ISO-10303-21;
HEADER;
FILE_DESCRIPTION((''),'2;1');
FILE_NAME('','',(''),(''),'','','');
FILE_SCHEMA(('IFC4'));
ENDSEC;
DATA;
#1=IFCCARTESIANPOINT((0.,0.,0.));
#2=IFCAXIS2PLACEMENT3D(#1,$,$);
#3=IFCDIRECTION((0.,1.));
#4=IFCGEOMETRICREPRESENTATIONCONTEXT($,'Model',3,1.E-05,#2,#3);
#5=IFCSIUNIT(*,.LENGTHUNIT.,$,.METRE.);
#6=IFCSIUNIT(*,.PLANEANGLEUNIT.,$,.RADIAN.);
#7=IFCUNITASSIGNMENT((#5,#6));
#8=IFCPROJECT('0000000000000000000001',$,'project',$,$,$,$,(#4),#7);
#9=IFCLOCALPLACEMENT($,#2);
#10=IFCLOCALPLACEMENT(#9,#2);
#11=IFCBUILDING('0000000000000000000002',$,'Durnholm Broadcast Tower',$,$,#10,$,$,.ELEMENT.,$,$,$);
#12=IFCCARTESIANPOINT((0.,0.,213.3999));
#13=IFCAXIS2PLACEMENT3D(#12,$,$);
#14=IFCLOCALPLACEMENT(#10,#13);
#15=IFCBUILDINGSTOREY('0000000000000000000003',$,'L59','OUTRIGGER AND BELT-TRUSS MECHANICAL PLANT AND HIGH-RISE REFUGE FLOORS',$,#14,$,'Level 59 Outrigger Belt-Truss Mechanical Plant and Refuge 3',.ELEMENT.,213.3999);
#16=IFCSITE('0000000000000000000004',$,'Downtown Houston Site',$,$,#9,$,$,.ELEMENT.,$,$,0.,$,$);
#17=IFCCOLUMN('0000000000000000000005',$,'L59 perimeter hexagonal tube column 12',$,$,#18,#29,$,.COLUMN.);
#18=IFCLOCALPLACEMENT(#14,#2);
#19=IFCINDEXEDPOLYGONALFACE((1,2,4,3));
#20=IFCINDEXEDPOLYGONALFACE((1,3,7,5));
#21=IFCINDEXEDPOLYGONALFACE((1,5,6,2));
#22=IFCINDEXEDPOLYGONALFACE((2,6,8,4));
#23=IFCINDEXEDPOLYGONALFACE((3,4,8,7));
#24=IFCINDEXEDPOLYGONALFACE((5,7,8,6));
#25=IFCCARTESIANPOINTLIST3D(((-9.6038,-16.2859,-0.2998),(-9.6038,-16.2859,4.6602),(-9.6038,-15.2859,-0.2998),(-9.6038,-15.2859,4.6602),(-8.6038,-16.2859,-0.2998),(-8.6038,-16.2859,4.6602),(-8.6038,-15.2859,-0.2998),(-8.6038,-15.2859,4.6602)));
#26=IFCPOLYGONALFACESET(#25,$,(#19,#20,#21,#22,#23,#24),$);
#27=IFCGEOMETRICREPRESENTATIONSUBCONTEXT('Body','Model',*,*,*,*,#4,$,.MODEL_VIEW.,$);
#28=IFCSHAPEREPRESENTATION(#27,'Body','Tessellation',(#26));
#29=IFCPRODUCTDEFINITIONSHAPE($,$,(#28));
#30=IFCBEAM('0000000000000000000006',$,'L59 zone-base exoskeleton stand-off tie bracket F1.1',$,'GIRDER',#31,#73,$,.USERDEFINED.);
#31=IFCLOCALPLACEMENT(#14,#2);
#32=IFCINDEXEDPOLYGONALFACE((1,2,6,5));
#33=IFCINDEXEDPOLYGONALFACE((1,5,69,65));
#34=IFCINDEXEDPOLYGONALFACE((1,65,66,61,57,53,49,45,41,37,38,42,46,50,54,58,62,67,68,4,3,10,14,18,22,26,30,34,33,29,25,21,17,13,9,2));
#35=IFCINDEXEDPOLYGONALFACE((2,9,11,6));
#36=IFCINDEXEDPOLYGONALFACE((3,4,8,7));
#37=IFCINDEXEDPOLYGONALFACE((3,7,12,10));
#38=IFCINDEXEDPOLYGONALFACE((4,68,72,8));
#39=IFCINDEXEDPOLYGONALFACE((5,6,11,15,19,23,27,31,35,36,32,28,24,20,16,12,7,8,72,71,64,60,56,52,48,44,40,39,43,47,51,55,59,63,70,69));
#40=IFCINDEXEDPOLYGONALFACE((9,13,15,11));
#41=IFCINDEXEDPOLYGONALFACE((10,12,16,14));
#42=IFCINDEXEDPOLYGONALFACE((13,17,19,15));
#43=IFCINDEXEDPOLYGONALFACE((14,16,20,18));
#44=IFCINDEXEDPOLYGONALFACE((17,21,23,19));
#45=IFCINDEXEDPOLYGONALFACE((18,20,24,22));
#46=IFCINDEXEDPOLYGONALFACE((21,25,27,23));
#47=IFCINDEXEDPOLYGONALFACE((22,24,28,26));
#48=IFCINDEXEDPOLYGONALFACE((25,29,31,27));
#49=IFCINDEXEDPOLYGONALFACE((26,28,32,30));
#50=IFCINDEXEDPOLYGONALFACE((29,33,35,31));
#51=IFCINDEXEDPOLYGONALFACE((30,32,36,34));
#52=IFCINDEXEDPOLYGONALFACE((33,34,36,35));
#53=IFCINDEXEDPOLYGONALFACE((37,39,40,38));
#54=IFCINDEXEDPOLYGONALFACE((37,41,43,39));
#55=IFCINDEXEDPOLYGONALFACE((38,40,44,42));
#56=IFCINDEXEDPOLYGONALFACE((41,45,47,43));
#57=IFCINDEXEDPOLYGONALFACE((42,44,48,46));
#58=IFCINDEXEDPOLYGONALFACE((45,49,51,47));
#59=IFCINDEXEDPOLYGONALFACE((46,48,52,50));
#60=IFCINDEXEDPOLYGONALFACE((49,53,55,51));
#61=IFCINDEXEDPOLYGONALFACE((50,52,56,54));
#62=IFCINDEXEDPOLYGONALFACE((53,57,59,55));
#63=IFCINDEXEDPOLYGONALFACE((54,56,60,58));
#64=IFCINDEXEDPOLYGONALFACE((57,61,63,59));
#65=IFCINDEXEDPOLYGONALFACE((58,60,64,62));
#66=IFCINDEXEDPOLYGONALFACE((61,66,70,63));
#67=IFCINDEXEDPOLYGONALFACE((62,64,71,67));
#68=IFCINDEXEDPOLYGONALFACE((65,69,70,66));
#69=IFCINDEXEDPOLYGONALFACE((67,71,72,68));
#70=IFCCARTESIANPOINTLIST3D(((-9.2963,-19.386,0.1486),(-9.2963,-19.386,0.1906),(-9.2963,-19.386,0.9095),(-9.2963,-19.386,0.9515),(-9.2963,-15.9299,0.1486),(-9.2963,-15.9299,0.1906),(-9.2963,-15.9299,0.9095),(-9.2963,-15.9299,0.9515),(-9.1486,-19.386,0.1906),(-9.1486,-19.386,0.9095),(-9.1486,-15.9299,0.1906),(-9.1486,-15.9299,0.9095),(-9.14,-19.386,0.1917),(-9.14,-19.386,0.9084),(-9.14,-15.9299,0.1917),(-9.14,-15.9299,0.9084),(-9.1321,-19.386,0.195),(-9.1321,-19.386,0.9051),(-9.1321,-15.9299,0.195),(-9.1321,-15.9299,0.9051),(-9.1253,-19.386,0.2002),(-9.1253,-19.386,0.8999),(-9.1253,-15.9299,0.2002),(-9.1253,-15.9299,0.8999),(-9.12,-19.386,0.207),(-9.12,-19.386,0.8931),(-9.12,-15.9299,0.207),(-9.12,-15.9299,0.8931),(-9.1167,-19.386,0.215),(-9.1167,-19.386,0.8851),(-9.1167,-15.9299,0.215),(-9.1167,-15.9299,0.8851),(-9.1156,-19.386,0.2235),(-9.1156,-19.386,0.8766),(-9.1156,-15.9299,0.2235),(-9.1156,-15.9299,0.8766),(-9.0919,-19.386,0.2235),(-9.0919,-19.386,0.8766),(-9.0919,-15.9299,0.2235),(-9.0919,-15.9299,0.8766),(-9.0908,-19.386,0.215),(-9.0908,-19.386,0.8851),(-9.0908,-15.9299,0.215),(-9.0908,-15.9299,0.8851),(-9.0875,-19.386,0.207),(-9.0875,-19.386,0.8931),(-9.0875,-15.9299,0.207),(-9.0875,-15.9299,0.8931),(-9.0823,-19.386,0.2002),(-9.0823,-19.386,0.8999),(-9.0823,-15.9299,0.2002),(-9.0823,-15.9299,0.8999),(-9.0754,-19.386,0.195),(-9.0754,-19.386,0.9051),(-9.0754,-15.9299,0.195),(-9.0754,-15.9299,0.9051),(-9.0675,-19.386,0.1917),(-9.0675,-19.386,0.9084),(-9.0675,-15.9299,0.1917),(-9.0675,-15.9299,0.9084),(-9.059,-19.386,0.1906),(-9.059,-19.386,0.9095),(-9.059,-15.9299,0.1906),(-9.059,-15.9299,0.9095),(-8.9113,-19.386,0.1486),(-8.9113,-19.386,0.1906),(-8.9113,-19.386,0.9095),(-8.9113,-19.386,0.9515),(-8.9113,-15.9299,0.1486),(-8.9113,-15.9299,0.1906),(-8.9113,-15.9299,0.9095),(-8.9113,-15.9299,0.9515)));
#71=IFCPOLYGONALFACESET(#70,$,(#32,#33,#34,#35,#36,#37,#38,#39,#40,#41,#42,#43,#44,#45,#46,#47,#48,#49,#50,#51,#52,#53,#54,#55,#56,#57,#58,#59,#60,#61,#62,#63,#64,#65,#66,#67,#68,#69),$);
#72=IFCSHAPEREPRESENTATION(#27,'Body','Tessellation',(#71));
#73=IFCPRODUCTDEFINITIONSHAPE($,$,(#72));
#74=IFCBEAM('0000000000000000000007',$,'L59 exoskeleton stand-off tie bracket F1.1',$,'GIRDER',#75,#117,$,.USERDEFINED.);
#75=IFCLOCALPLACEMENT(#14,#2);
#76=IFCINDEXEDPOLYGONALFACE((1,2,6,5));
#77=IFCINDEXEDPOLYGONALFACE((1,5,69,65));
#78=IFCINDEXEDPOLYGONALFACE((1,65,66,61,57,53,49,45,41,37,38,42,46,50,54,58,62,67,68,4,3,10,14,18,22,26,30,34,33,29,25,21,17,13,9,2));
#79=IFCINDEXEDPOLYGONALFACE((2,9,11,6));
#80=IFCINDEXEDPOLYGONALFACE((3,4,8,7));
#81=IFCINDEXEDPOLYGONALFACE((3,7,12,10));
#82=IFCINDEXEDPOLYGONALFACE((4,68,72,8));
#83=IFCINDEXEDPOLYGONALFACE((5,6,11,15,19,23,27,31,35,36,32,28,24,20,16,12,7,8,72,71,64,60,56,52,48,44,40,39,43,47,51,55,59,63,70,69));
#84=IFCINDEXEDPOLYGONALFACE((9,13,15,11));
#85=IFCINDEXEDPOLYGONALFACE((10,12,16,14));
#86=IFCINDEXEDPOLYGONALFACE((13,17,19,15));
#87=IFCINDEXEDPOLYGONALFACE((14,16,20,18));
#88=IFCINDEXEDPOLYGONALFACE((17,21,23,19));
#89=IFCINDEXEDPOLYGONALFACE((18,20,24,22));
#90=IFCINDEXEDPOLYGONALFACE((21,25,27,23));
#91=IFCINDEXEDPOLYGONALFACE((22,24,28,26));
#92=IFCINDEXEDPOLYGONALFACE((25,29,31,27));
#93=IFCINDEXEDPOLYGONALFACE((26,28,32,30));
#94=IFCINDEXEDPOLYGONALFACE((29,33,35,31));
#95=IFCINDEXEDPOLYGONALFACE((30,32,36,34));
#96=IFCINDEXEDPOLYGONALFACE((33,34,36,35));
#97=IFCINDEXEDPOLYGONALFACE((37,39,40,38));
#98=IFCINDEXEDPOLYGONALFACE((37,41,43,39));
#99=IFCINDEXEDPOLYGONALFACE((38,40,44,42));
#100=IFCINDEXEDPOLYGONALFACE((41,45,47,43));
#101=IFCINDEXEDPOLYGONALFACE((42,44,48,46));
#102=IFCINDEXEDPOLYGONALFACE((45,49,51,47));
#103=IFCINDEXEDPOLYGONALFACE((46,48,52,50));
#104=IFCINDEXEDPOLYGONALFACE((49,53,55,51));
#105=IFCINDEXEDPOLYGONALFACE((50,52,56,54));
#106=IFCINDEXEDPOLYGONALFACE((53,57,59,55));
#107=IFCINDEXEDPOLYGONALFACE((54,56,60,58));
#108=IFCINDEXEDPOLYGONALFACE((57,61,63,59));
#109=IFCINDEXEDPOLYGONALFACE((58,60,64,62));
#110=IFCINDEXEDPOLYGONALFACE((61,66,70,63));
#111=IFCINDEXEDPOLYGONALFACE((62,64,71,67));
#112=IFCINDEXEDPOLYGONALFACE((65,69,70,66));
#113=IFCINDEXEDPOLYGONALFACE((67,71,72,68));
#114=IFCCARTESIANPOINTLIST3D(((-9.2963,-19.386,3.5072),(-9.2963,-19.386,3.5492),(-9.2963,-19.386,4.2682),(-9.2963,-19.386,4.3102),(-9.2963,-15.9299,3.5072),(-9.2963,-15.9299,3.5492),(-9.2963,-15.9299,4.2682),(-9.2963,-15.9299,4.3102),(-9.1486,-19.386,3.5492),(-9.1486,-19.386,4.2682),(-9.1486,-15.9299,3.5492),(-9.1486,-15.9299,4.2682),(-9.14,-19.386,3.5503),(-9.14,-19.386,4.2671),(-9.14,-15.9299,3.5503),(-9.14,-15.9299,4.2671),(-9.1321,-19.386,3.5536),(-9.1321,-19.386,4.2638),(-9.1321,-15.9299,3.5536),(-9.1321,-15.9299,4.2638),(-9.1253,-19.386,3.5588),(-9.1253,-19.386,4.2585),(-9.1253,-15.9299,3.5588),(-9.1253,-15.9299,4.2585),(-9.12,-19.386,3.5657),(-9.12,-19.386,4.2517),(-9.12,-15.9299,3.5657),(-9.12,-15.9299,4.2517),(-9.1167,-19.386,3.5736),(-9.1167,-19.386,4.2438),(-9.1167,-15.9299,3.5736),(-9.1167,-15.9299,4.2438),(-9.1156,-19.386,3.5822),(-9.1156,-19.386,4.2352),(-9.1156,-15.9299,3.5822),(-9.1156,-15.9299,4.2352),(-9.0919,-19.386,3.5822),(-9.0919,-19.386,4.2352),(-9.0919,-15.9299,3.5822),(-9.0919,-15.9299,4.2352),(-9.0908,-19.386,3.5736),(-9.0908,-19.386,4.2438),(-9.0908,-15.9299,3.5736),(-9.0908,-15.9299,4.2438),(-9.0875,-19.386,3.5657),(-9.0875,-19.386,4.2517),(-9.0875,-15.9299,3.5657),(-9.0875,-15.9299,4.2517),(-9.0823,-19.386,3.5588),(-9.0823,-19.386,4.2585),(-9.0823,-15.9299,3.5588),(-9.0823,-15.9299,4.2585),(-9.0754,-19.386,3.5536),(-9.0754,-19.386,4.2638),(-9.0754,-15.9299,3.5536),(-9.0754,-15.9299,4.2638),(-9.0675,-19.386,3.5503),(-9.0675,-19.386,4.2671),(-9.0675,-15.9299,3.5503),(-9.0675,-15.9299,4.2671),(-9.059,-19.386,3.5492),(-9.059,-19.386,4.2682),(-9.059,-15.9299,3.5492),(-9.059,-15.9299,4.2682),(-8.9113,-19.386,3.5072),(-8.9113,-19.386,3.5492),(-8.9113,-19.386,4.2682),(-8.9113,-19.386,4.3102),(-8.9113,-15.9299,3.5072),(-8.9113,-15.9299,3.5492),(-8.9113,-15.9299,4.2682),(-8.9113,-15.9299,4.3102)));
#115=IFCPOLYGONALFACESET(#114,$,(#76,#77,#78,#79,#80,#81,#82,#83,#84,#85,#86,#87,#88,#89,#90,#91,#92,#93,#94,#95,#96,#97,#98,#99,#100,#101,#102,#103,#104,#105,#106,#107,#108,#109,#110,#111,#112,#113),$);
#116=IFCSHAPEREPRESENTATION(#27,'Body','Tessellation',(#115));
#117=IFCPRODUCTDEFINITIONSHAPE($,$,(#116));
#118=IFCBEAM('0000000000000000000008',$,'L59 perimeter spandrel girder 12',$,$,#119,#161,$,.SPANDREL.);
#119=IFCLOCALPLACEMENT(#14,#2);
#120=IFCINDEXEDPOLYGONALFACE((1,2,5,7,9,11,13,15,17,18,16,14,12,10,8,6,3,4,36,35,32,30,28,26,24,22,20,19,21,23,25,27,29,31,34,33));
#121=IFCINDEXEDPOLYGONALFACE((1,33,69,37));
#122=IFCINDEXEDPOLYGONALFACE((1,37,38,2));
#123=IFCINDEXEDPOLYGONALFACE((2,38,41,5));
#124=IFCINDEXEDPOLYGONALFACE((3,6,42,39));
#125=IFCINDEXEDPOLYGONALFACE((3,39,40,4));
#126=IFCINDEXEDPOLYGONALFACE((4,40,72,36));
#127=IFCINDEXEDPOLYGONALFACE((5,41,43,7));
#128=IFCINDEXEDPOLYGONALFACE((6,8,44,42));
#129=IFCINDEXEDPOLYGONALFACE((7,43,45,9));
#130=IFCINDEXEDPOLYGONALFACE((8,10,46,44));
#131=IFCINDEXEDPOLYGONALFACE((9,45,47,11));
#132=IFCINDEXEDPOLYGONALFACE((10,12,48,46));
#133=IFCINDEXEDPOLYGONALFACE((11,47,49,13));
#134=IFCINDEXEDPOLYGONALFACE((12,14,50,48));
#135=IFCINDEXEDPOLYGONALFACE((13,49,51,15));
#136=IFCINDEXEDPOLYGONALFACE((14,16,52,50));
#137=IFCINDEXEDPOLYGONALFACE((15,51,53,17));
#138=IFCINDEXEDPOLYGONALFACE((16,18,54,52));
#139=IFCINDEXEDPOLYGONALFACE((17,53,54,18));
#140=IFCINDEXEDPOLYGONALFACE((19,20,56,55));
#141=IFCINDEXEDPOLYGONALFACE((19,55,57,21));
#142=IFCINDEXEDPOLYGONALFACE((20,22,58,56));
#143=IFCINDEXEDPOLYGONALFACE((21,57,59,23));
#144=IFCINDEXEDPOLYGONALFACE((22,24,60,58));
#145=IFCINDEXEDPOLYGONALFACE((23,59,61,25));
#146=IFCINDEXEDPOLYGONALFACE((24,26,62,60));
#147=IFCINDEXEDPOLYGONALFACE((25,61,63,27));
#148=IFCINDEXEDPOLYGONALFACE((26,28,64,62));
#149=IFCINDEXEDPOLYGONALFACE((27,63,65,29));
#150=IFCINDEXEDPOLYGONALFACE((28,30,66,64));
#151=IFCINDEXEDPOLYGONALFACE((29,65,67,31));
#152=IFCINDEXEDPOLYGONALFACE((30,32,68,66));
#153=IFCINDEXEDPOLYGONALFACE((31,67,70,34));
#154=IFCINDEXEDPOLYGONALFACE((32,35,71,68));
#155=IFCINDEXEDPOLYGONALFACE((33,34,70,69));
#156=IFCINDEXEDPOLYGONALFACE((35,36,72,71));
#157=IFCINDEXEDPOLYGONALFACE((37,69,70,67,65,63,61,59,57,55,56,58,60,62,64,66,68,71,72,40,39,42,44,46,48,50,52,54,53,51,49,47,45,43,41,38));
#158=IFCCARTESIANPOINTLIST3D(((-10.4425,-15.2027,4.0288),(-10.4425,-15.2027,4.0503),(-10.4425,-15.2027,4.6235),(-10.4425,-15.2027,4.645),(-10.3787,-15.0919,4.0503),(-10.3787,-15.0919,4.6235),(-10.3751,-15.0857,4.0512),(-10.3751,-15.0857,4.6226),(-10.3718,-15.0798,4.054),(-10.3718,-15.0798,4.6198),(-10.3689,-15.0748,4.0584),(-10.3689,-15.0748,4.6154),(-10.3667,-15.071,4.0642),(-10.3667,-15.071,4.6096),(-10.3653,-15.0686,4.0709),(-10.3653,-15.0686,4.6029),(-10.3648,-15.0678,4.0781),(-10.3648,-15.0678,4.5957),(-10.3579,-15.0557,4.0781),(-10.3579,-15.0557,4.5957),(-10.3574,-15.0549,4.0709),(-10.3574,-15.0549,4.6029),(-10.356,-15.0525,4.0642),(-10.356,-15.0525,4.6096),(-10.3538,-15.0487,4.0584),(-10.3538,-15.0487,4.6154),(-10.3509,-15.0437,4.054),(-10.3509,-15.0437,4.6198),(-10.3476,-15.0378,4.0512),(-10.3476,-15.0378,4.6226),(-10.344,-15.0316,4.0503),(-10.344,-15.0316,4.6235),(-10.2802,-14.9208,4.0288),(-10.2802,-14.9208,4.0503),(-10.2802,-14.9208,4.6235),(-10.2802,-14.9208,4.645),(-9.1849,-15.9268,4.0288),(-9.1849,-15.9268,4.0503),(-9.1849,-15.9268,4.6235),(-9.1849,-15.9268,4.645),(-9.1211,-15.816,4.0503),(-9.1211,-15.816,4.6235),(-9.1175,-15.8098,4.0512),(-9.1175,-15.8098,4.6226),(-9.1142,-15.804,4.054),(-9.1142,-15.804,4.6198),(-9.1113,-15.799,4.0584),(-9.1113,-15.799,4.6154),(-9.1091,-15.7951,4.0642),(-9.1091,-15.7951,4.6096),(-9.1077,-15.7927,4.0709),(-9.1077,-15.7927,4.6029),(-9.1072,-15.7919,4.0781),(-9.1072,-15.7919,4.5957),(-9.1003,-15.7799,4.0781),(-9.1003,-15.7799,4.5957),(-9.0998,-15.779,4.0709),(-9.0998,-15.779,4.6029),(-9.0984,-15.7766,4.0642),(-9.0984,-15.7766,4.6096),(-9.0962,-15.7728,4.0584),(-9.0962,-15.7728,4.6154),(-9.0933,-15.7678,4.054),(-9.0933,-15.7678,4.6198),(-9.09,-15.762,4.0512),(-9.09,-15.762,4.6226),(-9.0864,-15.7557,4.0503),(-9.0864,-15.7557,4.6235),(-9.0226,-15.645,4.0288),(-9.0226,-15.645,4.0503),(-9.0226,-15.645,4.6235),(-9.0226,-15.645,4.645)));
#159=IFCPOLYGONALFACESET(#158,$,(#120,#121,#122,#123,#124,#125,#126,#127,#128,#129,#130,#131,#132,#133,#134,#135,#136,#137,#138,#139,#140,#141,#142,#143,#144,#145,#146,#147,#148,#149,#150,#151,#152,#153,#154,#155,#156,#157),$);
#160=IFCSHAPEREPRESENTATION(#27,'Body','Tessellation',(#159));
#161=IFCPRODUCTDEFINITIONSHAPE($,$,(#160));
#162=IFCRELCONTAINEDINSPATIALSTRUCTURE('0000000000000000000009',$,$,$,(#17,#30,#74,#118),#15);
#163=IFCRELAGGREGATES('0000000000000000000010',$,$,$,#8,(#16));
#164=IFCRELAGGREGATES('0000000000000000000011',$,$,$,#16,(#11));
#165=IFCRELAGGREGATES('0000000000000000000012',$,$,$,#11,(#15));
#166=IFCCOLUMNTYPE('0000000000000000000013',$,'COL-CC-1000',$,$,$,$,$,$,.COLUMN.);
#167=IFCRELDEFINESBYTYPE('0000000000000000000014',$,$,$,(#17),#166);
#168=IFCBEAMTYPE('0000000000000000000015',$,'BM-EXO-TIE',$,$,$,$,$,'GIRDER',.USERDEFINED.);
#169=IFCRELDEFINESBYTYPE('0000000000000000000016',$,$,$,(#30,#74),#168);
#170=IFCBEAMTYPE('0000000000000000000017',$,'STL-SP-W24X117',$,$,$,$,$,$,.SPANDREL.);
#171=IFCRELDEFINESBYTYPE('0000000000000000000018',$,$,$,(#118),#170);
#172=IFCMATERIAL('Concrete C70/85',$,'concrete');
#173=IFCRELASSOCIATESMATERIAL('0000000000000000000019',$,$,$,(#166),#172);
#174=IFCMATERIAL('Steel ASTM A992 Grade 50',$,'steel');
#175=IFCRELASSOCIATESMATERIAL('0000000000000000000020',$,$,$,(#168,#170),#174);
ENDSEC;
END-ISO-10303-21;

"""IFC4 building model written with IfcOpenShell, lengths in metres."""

from ifc_helpers import new_model, si_unit, direction, frame, origin, origin_2d, place, context, subcontext, project, spatial, rectangle, i_section, extrude, source, transform, mapped, material, material_profile, profile_set, type_object, type_shapes, element, save


model = new_model("IFC4")

# Units and contexts
model_context = context("Model", 3, precision=1e-05, world=origin(), true_north=direction((0.0, 1.0)))
body_context = subcontext(model_context, "Body", "Model", "MODEL_VIEW")
ifc_project = project(units=[si_unit("LENGTHUNIT", "METRE"), si_unit("PLANEANGLEUNIT", "RADIAN")], contexts=[model_context])

# Site, building, storey
site_placement = place(None, origin())
site = spatial("IfcSite", under=ifc_project, at=site_placement, Name="Downtown Houston Site", CompositionType="ELEMENT", RefElevation=0.0)
building_placement = place(site_placement, origin())
building = spatial("IfcBuilding", under=site, at=building_placement, Name="Durnholm Broadcast Tower", CompositionType="ELEMENT")
storey_placement = place(building_placement, frame((0.0, 0.0, 213.3999)))
storey = spatial("IfcBuildingStorey", under=building, at=storey_placement, Name="L59", Description="OUTRIGGER AND BELT-TRUSS MECHANICAL PLANT AND HIGH-RISE REFUGE FLOORS", LongName="Level 59 Outrigger Belt-Truss Mechanical Plant and Refuge 3", CompositionType="ELEMENT", Elevation=213.3999)

# Column
ifc_material_1 = material(Name="Concrete C70/85", Category="concrete")
ifc_material_profile_1 = material_profile(ifc_material_1, rectangle(XDim=1.0, YDim=1.0, at=origin_2d()), Name="RC1000X1000")
ifc_profile_set_1 = profile_set([ifc_material_profile_1], Name="Concrete C70/85")
column_type = type_object("IfcColumnType", Name="COL-CC-1000", PredefinedType="COLUMN", material=ifc_profile_set_1)
shared_shape_1 = source(origin(), body_context, "Body", "SweptSolid", [
    extrude(rectangle(XDim=1.0, YDim=1.0, at=origin_2d()), origin(), (0.0, 0.0, 1.0), 4.96),
])
type_shapes(column_type, [shared_shape_1])
column_placement = place(storey_placement, frame((-9.1038, -15.7859, -0.2998), z_axis=(0.0, 0.0, 1.0), x_axis=(1.0, 0.0, 0.0)))
element("IfcColumn", 1, at=column_placement, inside=storey, type_object=column_type, Name="L59 perimeter hexagonal tube column 12", PredefinedType="COLUMN", context=body_context, shape_type="MappedRepresentation", body=[
    mapped(shared_shape_1, transform((0.0, 0.0, 0.0), x_axis=(1.0, 0.0, 0.0), y_axis=(0.0, 1.0, 0.0), z_axis=(0.0, 0.0, 1.0), scale=1.0)),
])

# Beams
ifc_material_2 = material(Name="Steel ASTM A992 Grade 50", Category="steel")
ifc_material_profile_2 = material_profile(ifc_material_2, i_section(OverallWidth=0.385, OverallDepth=0.803, WebThickness=0.0237, FlangeThickness=0.042, FilletRadius=0.033, at=origin_2d()), Name="W30X261")
ifc_profile_set_2 = profile_set([ifc_material_profile_2], Name="Steel ASTM A992 Grade 50")
beam_type_1 = type_object("IfcBeamType", Name="BM-EXO-TIE", ElementType="GIRDER", PredefinedType="USERDEFINED", material=ifc_profile_set_2)
shared_shape_2 = source(origin(), body_context, "Body", "SweptSolid", [
    extrude(i_section(OverallWidth=0.385, OverallDepth=0.803, WebThickness=0.0237, FlangeThickness=0.042, FilletRadius=0.033, at=origin_2d()), origin(), (0.0, 0.0, 1.0), 3.4561),
])
for number, where, z_axis, x_axis, name in (
    (2, (-9.1038, -15.9299, 0.55), (0.0, -1.0, 0.0), (1.0, 0.0, 0.0), "L59 zone-base exoskeleton stand-off tie bracket F1.1"),
    (3, (-9.1038, -15.9299, 3.9087), (0.0, -1.0, 0.0), (1.0, 0.0, 0.0), "L59 exoskeleton stand-off tie bracket F1.1"),
):
    element("IfcBeam", number, at=place(storey_placement, frame(where, z_axis=z_axis, x_axis=x_axis)), inside=storey, type_object=beam_type_1, Name=name, ObjectType="GIRDER", PredefinedType="USERDEFINED", context=body_context, shape_type="MappedRepresentation", body=[
        mapped(shared_shape_2, transform((0.0, 0.0, 0.0), x_axis=(1.0, 0.0, 0.0), y_axis=(0.0, 1.0, 0.0), z_axis=(0.0, 0.0, 1.0), scale=1.0)),
    ])
ifc_material_profile_3 = material_profile(ifc_material_2, i_section(OverallWidth=0.3252, OverallDepth=0.6162, WebThickness=0.0139, FlangeThickness=0.0215, FilletRadius=0.0278, at=origin_2d()), Name="W24X117")
ifc_profile_set_3 = profile_set([ifc_material_profile_3], Name="Steel ASTM A992 Grade 50")
beam_type_2 = type_object("IfcBeamType", Name="STL-SP-W24X117", PredefinedType="SPANDREL", material=ifc_profile_set_3)
shared_shape_3 = source(origin(), body_context, "Body", "SweptSolid", [
    extrude(i_section(OverallWidth=0.3252, OverallDepth=0.6162, WebThickness=0.0139, FlangeThickness=0.0215, FilletRadius=0.0278, at=origin_2d()), origin(), (0.0, 0.0, 1.0), 1.4512),
])
type_shapes(beam_type_2, [shared_shape_3])
beam_1_placement = place(storey_placement, frame((-9.1038, -15.7859, 4.3369), z_axis=(-0.866603, 0.498999, 0.0), x_axis=(-0.498999, -0.866603, 0.0)))
element("IfcBeam", 4, at=beam_1_placement, inside=storey, type_object=beam_type_2, Name="L59 perimeter spandrel girder 12", PredefinedType="SPANDREL", context=body_context, shape_type="MappedRepresentation", body=[
    mapped(shared_shape_3, transform((0.0, 0.0, 0.0), x_axis=(1.0, 0.0, 0.0), y_axis=(0.0, 1.0, 0.0), z_axis=(0.0, 0.0, 1.0), scale=1.0)),
])

save(model, "model.ifc")
